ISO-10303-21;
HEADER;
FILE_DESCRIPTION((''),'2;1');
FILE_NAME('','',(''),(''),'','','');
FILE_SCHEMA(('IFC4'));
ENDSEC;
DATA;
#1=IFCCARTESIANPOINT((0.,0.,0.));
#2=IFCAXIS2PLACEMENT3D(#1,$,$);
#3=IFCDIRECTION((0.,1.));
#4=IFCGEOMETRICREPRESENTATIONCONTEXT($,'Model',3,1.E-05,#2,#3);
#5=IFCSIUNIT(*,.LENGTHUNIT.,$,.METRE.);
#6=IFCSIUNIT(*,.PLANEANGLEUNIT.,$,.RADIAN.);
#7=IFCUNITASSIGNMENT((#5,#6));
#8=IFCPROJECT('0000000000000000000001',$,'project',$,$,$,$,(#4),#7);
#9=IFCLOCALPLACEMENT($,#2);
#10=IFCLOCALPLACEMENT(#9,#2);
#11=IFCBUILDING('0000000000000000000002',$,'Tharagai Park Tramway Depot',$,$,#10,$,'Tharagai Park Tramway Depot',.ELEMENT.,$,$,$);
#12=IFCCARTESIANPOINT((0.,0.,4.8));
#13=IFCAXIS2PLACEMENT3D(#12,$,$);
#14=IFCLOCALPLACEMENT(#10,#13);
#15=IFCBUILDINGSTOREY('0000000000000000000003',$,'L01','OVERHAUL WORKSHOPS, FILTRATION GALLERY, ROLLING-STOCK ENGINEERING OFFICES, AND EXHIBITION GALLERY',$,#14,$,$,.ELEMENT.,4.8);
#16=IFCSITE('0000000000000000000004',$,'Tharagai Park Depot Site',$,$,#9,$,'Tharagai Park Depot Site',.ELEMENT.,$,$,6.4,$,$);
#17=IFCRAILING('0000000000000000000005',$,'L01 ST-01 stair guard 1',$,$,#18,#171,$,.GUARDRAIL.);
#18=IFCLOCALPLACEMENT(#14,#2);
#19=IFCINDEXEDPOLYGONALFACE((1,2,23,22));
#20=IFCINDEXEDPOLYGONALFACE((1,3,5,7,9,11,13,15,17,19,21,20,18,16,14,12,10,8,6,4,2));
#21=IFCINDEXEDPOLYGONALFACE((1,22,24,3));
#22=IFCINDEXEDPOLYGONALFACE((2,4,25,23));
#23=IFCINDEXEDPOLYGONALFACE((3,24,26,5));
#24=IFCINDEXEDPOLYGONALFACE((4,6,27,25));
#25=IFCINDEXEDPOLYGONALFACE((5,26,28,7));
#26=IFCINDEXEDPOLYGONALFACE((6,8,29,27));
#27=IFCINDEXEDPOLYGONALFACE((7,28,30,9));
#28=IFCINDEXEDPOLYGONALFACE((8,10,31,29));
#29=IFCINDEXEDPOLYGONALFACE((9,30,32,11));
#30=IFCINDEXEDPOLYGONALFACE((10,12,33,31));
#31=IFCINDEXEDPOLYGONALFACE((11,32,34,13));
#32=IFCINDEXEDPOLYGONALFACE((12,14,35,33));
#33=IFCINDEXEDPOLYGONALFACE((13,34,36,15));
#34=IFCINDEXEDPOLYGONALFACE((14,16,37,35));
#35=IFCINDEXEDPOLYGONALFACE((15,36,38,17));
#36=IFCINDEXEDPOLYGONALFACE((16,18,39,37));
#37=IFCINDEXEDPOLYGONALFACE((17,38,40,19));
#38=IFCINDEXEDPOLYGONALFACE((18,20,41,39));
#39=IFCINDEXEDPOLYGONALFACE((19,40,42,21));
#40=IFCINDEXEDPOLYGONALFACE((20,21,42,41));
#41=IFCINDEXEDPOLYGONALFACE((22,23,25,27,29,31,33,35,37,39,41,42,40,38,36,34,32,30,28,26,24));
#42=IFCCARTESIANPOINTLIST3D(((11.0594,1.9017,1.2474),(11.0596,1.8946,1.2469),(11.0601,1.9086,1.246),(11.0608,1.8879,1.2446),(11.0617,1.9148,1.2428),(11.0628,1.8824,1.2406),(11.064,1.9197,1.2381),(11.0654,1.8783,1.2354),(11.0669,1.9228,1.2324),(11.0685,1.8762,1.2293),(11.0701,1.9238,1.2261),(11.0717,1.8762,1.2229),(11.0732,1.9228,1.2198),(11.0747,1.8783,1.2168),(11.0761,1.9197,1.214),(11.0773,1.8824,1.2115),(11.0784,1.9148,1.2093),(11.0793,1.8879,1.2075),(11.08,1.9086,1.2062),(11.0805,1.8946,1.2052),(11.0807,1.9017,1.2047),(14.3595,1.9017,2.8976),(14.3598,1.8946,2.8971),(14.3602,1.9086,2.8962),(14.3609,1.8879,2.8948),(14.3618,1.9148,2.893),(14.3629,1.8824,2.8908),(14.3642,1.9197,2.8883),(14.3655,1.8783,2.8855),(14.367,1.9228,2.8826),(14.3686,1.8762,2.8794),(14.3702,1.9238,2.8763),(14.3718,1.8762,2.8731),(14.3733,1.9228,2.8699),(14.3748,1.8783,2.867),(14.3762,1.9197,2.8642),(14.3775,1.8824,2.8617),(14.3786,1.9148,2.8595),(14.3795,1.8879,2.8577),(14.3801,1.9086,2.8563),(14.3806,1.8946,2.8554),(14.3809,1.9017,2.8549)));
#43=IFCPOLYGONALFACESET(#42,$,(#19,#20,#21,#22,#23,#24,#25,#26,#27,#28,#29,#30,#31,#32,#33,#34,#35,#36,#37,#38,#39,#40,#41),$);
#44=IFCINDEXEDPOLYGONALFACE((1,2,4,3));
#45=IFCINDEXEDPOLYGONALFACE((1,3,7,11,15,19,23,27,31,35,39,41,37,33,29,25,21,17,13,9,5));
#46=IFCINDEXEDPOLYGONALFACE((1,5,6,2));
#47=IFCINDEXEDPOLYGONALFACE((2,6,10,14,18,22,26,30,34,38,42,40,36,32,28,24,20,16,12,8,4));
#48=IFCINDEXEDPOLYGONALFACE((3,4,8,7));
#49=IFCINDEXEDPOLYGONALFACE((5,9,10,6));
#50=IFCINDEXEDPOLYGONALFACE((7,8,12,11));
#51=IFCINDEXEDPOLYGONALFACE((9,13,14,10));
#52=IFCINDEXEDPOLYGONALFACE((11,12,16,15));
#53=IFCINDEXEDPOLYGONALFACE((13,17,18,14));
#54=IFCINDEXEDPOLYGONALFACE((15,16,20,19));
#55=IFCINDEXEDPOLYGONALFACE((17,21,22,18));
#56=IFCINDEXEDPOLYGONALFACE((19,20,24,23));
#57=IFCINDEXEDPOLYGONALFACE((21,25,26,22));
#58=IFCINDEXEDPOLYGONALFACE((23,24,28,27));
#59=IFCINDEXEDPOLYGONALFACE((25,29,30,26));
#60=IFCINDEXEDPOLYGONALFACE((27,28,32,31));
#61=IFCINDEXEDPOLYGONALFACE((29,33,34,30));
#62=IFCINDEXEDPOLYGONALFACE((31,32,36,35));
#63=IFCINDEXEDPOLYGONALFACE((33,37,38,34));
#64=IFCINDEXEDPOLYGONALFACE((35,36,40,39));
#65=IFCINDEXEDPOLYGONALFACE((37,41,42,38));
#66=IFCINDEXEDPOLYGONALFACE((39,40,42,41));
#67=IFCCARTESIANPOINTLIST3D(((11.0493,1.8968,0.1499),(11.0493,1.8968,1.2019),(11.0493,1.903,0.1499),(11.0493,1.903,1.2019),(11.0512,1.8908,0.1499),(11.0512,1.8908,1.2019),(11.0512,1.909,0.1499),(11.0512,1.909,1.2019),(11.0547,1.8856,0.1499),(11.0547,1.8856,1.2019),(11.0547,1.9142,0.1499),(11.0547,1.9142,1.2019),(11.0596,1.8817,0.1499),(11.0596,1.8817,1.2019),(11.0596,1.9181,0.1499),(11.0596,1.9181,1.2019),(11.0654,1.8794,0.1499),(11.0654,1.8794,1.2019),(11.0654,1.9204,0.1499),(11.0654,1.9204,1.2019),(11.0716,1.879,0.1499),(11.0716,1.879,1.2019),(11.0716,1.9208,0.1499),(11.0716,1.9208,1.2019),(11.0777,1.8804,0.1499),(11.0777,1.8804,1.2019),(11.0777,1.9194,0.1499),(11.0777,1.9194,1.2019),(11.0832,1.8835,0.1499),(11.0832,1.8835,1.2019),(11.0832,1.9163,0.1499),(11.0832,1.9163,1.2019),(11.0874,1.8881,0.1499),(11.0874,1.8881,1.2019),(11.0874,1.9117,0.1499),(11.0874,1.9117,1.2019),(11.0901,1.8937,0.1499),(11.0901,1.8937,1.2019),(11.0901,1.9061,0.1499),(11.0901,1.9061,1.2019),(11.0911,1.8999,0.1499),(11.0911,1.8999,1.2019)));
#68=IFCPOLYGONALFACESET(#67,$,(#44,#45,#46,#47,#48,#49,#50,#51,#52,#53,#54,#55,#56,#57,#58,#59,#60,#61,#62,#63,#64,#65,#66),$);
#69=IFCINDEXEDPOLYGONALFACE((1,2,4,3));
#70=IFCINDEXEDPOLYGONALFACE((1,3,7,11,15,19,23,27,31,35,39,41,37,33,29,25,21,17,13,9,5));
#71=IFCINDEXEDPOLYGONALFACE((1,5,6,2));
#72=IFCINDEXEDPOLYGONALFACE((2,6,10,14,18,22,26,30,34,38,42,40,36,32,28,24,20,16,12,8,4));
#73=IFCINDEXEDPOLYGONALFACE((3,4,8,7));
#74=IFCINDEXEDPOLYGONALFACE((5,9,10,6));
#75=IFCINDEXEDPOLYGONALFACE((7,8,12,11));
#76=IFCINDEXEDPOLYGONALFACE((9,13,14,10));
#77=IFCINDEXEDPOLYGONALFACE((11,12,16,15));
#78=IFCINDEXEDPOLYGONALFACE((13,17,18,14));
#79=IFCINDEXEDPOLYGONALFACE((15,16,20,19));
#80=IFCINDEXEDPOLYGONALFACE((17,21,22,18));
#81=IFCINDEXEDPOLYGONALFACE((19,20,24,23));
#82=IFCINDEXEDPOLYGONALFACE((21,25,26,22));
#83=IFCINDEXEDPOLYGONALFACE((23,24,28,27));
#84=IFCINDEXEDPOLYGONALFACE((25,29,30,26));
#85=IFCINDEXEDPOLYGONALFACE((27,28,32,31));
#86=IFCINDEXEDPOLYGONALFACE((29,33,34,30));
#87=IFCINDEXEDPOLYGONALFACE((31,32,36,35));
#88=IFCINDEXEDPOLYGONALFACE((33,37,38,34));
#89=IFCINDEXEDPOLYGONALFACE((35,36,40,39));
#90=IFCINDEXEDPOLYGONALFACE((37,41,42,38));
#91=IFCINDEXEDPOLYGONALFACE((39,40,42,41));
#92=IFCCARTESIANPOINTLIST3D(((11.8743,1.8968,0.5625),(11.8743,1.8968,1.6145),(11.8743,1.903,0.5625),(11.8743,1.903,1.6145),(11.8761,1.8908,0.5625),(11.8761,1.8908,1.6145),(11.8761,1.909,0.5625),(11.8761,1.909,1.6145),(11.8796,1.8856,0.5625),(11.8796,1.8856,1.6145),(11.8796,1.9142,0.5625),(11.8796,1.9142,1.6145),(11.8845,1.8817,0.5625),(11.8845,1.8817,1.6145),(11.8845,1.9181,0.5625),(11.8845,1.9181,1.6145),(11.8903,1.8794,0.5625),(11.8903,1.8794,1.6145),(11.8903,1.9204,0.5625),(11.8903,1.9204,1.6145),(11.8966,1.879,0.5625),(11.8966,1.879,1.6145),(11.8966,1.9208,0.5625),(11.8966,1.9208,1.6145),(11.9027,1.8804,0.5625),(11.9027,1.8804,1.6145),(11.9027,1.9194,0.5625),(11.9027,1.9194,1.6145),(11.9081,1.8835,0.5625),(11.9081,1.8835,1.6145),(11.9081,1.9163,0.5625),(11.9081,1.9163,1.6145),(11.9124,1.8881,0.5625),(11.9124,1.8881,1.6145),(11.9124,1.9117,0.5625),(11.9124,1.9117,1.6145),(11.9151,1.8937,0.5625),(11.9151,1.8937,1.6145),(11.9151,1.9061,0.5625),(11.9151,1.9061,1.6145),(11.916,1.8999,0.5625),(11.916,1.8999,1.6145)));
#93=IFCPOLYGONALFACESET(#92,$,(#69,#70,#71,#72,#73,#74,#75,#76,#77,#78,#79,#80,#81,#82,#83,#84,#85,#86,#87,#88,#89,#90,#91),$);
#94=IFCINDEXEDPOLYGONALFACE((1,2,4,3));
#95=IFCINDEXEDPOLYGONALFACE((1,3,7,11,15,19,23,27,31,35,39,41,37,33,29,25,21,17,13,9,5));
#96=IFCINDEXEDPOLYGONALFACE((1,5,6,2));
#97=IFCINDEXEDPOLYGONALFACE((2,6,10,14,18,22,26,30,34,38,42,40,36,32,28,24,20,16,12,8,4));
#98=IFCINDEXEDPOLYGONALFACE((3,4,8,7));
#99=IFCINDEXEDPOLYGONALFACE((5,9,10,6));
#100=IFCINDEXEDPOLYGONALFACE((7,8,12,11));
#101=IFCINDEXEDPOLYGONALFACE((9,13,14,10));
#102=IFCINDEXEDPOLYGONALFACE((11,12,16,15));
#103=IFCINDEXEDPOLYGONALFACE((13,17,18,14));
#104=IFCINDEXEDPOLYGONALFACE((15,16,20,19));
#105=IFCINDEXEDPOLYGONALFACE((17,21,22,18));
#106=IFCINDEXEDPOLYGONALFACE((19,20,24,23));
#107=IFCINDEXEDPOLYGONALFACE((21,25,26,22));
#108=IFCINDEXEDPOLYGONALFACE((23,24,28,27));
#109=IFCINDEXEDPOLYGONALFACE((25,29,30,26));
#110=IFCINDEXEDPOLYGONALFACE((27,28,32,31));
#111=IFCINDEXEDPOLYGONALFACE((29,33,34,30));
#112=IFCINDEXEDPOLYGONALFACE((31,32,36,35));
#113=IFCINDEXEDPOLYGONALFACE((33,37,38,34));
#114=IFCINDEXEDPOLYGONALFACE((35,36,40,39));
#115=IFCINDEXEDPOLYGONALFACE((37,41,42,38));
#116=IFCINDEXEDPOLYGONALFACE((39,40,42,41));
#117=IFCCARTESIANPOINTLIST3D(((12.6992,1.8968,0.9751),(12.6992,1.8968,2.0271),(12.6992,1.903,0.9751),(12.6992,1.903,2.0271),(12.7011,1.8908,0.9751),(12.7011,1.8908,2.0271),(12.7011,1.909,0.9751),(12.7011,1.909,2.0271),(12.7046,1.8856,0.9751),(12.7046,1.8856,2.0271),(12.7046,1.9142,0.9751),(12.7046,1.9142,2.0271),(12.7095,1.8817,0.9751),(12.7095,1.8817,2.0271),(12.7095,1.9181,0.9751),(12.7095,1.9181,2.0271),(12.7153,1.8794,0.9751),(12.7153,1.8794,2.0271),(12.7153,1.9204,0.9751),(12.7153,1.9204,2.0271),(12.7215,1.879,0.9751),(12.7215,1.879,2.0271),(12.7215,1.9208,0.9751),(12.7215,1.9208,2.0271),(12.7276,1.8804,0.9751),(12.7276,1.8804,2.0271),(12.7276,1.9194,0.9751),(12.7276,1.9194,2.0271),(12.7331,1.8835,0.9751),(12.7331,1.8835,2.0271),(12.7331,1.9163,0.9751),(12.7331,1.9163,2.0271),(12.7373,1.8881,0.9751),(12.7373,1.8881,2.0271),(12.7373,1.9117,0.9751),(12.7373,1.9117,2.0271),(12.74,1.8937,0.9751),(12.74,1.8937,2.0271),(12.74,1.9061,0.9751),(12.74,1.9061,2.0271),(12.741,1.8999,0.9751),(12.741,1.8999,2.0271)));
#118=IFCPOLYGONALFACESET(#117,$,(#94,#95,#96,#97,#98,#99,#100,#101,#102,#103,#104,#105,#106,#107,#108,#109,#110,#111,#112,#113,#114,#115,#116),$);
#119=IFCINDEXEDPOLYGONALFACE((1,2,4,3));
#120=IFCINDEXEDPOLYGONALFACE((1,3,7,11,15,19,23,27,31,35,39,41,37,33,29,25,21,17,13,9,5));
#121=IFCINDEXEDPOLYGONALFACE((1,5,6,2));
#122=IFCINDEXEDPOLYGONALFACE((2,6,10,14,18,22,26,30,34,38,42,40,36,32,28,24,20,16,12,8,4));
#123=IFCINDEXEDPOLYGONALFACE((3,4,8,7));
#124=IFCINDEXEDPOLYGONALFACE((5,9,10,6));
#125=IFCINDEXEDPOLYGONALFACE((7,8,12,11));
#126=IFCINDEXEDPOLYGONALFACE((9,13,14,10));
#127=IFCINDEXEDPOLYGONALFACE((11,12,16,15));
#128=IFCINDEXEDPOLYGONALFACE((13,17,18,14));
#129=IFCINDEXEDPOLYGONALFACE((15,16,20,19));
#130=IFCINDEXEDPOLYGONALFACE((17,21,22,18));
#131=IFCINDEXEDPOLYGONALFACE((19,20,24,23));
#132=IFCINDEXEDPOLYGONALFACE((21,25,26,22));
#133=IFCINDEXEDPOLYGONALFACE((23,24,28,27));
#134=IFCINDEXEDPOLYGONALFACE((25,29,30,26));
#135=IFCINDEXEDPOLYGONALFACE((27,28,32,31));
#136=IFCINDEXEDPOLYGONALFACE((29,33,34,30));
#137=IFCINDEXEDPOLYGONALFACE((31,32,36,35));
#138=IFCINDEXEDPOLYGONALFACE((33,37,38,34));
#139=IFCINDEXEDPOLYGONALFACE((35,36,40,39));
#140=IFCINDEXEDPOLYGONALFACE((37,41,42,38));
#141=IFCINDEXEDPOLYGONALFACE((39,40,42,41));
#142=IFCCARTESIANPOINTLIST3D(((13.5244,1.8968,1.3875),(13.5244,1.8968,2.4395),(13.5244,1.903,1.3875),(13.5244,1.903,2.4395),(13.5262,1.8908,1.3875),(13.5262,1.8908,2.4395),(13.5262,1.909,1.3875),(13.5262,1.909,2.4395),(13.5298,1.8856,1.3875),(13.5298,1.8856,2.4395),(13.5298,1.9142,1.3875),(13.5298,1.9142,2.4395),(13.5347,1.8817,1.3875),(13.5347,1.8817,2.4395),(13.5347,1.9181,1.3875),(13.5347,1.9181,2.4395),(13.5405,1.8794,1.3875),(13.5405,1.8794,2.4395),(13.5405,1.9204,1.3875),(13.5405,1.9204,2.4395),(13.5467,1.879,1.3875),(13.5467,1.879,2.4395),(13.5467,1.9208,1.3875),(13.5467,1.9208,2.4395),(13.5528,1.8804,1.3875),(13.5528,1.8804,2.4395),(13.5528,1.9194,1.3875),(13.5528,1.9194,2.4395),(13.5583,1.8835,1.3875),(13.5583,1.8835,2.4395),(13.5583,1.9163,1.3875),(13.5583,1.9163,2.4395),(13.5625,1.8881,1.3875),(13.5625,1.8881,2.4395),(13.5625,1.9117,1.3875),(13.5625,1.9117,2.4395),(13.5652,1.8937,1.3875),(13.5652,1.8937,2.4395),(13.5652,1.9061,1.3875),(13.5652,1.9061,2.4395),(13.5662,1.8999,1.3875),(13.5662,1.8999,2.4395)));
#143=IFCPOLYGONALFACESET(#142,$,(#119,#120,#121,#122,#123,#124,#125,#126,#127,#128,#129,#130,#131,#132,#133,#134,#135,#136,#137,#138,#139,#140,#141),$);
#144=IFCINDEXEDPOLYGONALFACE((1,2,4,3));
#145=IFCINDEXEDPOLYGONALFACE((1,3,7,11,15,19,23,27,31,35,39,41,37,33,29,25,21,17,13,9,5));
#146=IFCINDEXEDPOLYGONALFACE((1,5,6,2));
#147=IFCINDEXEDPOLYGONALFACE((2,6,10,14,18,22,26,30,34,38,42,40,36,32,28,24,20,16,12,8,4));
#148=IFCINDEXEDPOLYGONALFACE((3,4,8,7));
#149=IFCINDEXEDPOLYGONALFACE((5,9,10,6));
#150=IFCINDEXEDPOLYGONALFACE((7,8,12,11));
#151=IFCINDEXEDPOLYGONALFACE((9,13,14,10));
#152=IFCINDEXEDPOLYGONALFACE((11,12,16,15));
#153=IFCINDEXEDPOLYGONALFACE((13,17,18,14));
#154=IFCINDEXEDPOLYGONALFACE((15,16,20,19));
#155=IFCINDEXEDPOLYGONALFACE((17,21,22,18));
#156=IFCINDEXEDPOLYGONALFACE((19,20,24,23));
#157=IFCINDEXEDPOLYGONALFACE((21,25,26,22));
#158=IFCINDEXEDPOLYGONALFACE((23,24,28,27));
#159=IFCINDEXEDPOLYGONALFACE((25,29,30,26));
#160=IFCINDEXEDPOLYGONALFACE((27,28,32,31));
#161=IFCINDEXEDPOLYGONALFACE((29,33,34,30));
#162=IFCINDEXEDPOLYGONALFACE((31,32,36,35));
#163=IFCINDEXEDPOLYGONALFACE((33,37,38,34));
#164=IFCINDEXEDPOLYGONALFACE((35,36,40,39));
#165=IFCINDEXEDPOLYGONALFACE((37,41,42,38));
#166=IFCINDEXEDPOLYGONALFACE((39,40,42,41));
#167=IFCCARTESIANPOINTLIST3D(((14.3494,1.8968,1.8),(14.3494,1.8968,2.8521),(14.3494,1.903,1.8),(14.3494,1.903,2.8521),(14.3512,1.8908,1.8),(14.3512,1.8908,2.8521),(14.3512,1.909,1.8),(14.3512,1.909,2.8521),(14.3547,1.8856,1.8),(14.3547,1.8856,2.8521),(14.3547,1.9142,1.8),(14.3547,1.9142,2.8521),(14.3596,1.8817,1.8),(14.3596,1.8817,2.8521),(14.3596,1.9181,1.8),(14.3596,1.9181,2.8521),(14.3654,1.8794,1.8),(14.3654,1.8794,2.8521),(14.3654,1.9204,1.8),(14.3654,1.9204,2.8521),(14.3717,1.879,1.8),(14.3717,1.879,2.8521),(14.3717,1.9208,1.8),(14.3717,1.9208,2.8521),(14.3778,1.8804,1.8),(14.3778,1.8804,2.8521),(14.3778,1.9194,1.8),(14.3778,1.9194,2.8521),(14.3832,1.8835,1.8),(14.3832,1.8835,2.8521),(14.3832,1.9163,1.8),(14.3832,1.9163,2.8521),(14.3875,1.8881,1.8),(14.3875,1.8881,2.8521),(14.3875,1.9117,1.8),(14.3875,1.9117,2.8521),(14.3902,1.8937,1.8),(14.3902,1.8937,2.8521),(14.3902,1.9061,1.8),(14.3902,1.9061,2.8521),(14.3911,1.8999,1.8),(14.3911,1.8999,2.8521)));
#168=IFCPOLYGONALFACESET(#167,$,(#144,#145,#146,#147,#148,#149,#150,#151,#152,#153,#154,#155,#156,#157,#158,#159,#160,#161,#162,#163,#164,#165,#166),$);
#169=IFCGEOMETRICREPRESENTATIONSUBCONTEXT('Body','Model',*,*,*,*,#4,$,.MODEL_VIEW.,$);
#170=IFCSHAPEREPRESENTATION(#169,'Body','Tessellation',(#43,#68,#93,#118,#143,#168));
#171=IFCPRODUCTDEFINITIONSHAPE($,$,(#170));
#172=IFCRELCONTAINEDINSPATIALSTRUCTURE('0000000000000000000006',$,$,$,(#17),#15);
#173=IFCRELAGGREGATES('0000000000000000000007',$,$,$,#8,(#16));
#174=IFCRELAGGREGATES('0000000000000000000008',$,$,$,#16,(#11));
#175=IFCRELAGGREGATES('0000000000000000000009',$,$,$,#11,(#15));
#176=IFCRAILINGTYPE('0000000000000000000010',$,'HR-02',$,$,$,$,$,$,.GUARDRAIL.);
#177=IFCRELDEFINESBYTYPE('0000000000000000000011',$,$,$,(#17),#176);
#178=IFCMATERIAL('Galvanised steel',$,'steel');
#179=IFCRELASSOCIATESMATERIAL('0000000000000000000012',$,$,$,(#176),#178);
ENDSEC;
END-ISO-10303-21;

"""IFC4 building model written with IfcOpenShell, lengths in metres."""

from ifc_helpers import new_model, si_unit, direction, frame, origin, origin_2d, place, context, subcontext, project, spatial, circle, extrude, material, type_object, element, save


model = new_model("IFC4")

# Units and contexts
model_context = context("Model", 3, precision=1e-05, world=origin(), true_north=direction((0.0, 1.0)))
body_context = subcontext(model_context, "Body", "Model", "MODEL_VIEW")
ifc_project = project(units=[si_unit("LENGTHUNIT", "METRE"), si_unit("PLANEANGLEUNIT", "RADIAN")], contexts=[model_context])

# Site, building, storey
site_placement = place(None, origin())
site = spatial("IfcSite", under=ifc_project, at=site_placement, Name="Tharagai Park Depot Site", LongName="Tharagai Park Depot Site", CompositionType="ELEMENT", RefElevation=6.4)
building_placement = place(site_placement, origin())
building = spatial("IfcBuilding", under=site, at=building_placement, Name="Tharagai Park Tramway Depot", LongName="Tharagai Park Tramway Depot", CompositionType="ELEMENT")
storey_placement = place(building_placement, frame((0.0, 0.0, 4.8)))
storey = spatial("IfcBuildingStorey", under=building, at=storey_placement, Name="L01", Description="OVERHAUL WORKSHOPS, FILTRATION GALLERY, ROLLING-STOCK ENGINEERING OFFICES, AND EXHIBITION GALLERY", CompositionType="ELEMENT", Elevation=4.8)

# Railing
ifc_material_1 = material(Name="Galvanised steel", Category="steel")
railing_type_1 = type_object("IfcRailingType", Name="HR-02", PredefinedType="GUARDRAIL", material=ifc_material_1)
railing_1_placement = place(storey_placement, frame((11.0701, 1.8999, 0.1499)))
element("IfcRailing", 1, at=railing_1_placement, inside=storey, type_object=railing_type_1, Name="L01 ST-01 stair guard 1", PredefinedType="GUARDRAIL", context=body_context, shape_type="SweptSolid", body=[
    extrude(circle(Radius=0.0239, at=origin_2d()), frame((0.0, 0.0, 1.0762), z_axis=(0.894414, 0.0, 0.44724), x_axis=(0.0, 1.0, 0.0)), (0.0, 0.0, 1.0), 3.6897),
    extrude(circle(Radius=0.021, at=origin_2d()), origin(), (0.0, 0.0, 1.0), 1.052),
    extrude(circle(Radius=0.021, at=origin_2d()), frame((0.825, 0.0, 0.4126)), (0.0, 0.0, 1.0), 1.052),
    extrude(circle(Radius=0.021, at=origin_2d()), frame((1.6499, 0.0, 0.8252)), (0.0, 0.0, 1.0), 1.052),
    extrude(circle(Radius=0.021, at=origin_2d()), frame((2.4751, 0.0, 1.2375)), (0.0, 0.0, 1.0), 1.052),
    extrude(circle(Radius=0.021, at=origin_2d()), frame((3.3, 0.0, 1.6501)), (0.0, 0.0, 1.0), 1.052),
])

save(model, "model.ifc")
